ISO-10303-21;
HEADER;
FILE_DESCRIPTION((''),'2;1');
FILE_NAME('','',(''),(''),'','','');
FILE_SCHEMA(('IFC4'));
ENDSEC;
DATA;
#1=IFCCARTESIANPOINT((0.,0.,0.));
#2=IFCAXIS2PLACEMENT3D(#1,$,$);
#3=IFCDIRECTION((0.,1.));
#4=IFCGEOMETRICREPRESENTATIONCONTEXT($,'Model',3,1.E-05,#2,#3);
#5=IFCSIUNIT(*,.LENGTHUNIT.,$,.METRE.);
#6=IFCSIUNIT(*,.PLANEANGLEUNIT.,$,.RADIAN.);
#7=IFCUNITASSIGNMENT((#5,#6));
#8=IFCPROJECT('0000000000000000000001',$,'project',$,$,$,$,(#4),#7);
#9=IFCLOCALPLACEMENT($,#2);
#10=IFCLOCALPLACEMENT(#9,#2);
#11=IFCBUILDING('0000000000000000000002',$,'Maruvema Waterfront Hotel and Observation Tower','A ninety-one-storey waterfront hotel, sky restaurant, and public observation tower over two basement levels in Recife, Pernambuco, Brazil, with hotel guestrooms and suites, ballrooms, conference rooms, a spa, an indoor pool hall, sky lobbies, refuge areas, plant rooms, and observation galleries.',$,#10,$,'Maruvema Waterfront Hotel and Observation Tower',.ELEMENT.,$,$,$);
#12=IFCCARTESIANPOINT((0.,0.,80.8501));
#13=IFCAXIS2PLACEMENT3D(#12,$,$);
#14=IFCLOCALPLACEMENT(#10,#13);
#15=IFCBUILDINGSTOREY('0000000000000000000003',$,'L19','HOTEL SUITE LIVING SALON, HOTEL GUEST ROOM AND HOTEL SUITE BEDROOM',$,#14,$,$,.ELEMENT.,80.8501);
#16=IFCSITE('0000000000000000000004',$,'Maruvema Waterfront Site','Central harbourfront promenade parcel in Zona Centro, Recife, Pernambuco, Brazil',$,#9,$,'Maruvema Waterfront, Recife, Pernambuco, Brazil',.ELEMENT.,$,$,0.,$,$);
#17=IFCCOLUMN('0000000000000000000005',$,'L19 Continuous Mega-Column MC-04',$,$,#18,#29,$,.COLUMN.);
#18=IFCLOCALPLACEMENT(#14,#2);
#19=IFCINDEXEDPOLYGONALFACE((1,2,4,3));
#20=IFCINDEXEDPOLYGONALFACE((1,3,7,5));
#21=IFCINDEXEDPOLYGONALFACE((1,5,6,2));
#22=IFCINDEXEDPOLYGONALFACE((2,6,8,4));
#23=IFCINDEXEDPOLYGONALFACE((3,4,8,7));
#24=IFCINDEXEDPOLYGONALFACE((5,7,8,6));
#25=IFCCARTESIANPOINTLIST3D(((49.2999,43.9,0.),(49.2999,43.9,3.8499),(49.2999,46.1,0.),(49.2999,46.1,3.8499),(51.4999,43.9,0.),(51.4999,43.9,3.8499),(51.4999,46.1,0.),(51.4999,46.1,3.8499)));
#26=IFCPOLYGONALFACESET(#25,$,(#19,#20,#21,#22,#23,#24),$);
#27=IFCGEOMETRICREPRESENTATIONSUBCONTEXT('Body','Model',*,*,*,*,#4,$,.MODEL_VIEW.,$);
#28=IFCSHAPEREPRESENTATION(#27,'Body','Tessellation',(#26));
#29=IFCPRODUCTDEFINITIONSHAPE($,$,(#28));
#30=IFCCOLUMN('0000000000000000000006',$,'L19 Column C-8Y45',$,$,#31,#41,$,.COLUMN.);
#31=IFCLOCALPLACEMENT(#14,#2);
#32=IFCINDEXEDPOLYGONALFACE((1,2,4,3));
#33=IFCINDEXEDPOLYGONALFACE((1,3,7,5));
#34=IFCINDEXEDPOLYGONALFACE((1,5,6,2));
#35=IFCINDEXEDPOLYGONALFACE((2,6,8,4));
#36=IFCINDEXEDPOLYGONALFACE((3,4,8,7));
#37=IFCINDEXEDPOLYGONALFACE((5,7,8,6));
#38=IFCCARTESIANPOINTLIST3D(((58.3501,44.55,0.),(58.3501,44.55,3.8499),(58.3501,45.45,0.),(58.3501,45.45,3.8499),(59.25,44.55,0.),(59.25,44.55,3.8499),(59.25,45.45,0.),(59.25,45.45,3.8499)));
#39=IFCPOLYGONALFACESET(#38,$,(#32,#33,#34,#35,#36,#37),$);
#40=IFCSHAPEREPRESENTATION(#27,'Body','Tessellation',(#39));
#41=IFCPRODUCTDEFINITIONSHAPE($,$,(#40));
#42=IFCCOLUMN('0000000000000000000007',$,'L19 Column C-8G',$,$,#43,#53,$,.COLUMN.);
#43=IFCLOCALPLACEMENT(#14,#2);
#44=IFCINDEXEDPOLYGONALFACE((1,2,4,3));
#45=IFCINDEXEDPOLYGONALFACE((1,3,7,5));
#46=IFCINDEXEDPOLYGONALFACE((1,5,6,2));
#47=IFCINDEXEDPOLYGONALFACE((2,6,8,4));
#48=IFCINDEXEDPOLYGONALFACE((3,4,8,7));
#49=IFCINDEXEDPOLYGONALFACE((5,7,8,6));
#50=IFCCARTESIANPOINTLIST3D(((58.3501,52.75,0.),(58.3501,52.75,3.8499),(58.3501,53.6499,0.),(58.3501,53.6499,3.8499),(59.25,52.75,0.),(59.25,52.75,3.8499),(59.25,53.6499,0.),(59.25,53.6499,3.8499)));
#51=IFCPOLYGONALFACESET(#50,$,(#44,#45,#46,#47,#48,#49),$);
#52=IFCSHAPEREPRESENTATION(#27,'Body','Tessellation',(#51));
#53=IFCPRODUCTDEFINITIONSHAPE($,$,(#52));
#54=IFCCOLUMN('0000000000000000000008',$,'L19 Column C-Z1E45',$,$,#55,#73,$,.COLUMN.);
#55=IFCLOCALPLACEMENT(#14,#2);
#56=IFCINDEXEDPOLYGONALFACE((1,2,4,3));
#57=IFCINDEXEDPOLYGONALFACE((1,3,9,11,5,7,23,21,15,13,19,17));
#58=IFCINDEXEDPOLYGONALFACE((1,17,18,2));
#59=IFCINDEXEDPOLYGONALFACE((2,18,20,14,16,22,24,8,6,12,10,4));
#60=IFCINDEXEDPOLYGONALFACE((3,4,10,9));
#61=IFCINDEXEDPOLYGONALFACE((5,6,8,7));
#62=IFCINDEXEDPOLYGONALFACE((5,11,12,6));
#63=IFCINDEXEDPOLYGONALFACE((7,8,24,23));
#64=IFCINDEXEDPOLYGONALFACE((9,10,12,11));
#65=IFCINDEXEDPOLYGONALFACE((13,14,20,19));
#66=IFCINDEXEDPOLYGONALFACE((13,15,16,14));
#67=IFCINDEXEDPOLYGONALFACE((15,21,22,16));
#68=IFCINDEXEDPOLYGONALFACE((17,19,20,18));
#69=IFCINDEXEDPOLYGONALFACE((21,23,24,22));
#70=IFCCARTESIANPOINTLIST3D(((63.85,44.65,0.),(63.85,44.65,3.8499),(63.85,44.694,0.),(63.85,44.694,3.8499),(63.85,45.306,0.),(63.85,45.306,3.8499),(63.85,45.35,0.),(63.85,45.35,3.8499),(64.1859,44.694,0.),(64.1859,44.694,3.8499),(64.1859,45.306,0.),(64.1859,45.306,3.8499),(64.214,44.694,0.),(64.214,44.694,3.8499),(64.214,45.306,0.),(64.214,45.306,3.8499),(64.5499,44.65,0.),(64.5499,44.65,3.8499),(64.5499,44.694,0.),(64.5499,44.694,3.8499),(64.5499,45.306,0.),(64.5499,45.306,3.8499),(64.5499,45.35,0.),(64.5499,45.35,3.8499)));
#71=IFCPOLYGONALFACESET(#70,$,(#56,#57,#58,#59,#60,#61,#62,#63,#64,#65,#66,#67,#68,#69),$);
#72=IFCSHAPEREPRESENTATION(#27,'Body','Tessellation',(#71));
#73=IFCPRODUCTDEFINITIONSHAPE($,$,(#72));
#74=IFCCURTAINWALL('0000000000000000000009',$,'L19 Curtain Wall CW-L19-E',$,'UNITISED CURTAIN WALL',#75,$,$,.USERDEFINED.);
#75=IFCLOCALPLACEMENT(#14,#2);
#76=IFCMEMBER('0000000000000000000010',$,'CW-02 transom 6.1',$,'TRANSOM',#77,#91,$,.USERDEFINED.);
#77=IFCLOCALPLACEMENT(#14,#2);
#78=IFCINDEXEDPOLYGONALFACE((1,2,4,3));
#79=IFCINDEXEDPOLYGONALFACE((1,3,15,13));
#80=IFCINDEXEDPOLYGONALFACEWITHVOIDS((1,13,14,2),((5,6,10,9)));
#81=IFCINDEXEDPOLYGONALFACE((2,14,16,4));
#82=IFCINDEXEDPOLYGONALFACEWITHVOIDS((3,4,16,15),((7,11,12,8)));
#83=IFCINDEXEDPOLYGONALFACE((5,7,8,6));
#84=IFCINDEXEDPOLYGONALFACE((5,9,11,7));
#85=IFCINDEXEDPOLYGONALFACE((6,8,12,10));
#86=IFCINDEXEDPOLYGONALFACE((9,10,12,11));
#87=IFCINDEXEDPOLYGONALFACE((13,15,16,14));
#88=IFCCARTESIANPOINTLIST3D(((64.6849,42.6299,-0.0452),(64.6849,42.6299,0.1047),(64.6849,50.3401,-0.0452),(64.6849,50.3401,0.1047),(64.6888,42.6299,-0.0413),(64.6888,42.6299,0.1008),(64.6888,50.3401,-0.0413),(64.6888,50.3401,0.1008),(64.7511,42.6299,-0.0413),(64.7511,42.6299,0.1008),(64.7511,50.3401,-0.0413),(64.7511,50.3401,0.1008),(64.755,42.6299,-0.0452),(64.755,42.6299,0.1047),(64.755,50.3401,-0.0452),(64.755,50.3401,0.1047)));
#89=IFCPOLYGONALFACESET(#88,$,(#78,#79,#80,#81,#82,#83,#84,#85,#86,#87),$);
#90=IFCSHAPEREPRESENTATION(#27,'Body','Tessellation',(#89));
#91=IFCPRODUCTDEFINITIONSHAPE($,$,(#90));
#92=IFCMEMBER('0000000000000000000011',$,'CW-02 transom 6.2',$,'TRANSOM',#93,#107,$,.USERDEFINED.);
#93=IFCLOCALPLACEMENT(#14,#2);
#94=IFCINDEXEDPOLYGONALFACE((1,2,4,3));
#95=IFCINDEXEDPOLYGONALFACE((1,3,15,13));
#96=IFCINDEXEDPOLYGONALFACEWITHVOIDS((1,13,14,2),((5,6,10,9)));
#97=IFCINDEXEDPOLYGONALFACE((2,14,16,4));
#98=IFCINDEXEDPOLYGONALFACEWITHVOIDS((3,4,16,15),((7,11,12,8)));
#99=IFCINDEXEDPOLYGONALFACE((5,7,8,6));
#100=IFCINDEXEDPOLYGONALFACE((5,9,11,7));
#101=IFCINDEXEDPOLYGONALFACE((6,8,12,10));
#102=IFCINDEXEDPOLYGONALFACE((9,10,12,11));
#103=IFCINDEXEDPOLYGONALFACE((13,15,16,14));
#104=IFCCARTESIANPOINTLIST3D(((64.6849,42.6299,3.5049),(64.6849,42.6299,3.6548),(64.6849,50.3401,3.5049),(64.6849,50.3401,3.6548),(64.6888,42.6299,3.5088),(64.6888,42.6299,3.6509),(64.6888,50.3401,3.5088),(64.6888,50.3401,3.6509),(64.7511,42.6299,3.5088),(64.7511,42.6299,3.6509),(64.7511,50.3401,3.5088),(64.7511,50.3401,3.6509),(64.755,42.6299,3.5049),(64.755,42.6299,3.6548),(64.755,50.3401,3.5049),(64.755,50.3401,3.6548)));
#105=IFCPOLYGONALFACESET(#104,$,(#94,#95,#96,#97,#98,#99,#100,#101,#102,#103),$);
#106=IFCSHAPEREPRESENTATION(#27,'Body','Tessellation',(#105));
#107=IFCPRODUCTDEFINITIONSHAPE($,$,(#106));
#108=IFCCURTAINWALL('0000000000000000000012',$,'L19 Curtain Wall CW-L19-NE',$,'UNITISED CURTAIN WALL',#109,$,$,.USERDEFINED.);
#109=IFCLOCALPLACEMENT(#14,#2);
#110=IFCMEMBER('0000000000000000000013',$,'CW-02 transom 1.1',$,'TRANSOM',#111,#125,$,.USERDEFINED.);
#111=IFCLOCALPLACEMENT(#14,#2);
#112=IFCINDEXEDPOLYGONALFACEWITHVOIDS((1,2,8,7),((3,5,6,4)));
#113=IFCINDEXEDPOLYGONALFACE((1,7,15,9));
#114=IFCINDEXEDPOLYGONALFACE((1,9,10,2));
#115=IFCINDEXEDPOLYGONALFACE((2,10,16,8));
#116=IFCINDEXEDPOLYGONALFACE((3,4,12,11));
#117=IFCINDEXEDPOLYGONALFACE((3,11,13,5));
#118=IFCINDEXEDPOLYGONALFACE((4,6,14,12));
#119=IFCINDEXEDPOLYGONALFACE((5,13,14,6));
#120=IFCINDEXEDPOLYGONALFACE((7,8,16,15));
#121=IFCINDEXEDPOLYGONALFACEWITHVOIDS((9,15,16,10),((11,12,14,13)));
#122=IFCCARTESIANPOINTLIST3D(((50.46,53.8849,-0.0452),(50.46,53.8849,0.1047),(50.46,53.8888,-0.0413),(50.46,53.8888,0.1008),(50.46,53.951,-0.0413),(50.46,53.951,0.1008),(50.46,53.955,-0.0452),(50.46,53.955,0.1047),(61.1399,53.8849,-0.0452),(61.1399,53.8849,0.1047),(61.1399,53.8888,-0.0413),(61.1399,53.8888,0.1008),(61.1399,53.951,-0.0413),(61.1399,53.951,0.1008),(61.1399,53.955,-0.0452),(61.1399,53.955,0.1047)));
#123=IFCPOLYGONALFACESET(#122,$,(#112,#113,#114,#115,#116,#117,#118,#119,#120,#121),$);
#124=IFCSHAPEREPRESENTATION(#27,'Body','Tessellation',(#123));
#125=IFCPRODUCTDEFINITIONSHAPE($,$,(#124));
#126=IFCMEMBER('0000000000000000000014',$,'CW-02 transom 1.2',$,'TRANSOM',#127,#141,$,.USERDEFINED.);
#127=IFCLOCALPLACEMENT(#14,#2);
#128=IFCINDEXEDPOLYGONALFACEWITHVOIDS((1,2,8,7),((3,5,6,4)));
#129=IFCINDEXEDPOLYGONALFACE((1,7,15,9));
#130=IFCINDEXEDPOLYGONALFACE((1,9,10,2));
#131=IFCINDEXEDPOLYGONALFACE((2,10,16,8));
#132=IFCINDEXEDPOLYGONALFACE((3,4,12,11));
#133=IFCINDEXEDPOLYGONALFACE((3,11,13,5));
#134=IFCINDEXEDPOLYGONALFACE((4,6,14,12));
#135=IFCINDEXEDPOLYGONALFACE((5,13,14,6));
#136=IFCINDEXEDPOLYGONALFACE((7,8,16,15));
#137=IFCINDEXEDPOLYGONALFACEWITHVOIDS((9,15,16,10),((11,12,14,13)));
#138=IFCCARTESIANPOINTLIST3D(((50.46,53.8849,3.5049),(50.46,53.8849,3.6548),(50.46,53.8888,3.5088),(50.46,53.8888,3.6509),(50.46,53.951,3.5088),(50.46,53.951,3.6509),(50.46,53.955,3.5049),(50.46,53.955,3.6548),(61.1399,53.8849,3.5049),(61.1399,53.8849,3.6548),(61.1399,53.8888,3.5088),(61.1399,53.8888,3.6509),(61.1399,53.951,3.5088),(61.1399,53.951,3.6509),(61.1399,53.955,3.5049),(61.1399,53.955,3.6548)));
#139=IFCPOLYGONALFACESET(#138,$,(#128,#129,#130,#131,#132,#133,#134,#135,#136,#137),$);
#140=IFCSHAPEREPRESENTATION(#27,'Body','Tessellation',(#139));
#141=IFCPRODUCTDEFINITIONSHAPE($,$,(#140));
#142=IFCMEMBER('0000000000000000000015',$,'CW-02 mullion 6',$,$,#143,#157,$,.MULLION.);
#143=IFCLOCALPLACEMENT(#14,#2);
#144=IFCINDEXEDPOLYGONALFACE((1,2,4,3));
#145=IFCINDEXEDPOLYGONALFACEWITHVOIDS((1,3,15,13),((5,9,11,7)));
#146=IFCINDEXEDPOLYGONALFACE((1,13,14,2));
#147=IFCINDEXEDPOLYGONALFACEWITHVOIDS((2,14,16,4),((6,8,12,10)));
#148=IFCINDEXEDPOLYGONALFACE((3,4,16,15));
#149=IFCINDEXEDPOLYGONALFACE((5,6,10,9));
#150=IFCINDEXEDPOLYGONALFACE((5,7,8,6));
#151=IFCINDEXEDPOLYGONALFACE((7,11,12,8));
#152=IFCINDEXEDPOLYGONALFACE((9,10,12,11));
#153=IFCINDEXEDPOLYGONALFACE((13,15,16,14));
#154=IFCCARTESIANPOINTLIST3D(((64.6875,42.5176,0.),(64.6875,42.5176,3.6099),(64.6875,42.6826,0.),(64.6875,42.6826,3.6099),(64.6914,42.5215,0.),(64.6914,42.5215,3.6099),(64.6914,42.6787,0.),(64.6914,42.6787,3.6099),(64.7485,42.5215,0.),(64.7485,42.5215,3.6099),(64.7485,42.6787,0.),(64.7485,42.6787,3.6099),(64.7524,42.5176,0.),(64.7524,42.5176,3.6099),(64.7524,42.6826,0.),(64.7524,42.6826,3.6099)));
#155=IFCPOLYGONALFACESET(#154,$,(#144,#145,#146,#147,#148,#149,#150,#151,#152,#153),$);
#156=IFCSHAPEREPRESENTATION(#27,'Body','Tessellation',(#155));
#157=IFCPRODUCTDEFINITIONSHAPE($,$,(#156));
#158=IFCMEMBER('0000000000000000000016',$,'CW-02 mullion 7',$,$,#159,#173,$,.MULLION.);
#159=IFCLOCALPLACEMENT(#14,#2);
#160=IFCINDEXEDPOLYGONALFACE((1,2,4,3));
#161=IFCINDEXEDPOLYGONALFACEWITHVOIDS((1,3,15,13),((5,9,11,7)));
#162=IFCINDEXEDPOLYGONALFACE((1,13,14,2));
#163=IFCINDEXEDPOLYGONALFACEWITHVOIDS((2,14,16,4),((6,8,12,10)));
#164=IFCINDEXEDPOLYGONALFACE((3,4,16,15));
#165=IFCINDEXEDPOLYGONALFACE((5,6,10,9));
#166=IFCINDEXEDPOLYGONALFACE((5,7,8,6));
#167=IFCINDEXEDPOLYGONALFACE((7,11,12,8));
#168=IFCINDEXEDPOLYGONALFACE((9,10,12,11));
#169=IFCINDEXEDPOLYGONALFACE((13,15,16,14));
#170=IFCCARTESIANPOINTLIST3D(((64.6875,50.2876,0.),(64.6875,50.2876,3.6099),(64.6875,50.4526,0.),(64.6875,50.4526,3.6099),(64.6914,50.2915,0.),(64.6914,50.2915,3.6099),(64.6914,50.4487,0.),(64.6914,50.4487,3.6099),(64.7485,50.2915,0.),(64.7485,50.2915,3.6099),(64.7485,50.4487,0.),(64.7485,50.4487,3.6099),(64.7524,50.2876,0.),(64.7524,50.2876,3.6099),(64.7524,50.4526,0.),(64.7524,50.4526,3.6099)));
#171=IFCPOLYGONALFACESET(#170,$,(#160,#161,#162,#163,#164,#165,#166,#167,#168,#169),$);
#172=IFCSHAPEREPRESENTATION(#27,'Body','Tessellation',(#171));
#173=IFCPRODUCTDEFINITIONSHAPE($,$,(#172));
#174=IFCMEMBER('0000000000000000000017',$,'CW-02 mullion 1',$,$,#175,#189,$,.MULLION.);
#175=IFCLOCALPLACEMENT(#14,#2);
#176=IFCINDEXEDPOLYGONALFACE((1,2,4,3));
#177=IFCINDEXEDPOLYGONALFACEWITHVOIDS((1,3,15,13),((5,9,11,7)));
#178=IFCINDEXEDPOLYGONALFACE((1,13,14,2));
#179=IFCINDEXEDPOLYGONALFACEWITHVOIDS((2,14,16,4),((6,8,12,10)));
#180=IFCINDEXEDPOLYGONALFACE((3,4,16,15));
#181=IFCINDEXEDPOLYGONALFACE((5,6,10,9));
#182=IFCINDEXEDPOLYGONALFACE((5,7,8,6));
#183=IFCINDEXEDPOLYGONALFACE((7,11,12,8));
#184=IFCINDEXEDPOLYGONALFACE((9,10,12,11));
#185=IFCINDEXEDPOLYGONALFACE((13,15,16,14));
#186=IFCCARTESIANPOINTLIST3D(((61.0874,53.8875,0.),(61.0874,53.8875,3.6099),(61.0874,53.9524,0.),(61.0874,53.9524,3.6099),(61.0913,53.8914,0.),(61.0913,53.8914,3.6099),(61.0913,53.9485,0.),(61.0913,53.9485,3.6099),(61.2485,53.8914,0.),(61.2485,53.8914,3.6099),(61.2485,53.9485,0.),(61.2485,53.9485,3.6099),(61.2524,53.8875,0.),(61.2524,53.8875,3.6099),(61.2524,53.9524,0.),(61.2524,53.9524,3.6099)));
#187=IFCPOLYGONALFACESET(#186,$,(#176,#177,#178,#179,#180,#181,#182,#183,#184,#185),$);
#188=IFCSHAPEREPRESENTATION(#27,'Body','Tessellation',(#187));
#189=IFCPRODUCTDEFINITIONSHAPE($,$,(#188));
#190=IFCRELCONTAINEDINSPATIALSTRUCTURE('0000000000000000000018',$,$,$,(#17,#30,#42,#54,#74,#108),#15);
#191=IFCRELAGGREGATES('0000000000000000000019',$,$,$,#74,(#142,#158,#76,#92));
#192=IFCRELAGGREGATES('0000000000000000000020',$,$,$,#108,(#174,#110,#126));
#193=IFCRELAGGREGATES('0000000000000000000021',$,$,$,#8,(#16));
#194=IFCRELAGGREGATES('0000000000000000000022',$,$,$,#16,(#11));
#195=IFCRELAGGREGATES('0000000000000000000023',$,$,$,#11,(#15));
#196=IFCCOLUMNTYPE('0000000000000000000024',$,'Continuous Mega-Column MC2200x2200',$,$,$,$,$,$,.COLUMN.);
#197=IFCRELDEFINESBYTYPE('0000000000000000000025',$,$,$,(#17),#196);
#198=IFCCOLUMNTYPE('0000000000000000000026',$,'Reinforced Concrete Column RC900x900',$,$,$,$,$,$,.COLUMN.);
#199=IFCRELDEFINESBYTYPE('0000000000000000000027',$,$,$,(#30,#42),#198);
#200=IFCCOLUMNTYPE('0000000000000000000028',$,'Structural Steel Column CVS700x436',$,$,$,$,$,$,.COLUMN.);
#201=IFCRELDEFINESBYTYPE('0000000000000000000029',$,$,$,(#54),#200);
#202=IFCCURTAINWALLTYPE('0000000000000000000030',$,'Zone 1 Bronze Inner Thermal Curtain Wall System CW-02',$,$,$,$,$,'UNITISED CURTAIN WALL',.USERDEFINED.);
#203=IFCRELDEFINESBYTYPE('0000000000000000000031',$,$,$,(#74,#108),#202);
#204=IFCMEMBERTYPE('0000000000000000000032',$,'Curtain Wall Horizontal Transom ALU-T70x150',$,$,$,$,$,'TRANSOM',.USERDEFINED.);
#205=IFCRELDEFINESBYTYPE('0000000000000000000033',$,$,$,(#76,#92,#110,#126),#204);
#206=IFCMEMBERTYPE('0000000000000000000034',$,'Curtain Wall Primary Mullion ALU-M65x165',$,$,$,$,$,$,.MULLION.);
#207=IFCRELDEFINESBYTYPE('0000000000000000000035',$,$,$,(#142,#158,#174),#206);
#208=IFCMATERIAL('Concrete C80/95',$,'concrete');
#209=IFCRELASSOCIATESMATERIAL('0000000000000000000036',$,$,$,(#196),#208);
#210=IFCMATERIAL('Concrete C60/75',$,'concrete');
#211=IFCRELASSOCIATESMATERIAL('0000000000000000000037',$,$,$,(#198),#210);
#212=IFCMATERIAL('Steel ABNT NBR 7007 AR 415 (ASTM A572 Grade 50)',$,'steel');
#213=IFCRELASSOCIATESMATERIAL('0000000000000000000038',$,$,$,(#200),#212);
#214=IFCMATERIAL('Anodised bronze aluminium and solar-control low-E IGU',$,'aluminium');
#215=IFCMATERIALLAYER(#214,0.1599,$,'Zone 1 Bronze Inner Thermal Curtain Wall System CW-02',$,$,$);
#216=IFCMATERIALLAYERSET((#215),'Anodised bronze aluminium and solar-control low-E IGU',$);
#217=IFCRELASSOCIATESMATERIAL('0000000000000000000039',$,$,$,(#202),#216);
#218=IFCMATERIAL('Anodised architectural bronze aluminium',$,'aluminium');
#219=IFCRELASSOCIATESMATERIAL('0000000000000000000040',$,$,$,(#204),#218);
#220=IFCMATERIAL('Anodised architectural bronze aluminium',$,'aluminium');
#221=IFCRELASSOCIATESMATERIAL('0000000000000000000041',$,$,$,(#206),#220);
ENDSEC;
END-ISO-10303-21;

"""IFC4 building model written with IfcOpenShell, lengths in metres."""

from ifc_helpers import new_model, si_unit, direction, frame, origin, origin_2d, place, context, subcontext, project, spatial, rectangle, hollow_rectangle, i_section, extrude, material, layer, layer_set, material_profile, profile_set, type_object, element, aggregate, save


model = new_model("IFC4")

# Units and contexts
model_context = context("Model", 3, precision=1e-05, world=origin(), true_north=direction((0.0, 1.0)))
body_context = subcontext(model_context, "Body", "Model", "MODEL_VIEW")
ifc_project = project(units=[si_unit("LENGTHUNIT", "METRE"), si_unit("PLANEANGLEUNIT", "RADIAN")], contexts=[model_context])

# Site, building, storey
site_placement = place(None, origin())
site = spatial("IfcSite", under=ifc_project, at=site_placement, Name="Maruvema Waterfront Site", Description="Central harbourfront promenade parcel in Zona Centro, Recife, Pernambuco, Brazil", LongName="Maruvema Waterfront, Recife, Pernambuco, Brazil", CompositionType="ELEMENT", RefElevation=0.0)
building_placement = place(site_placement, origin())
building = spatial("IfcBuilding", under=site, at=building_placement, Name="Maruvema Waterfront Hotel and Observation Tower", Description="A ninety-one-storey waterfront hotel, sky restaurant, and public observation tower over two basement levels in Recife, Pernambuco, Brazil, with hotel guestrooms and suites, ballrooms, conference rooms, a spa, an indoor pool hall, sky lobbies, refuge areas, plant rooms, and observation galleries.", LongName="Maruvema Waterfront Hotel and Observation Tower", CompositionType="ELEMENT")
storey_placement = place(building_placement, frame((0.0, 0.0, 80.8501)))
storey = spatial("IfcBuildingStorey", under=building, at=storey_placement, Name="L19", Description="HOTEL SUITE LIVING SALON, HOTEL GUEST ROOM AND HOTEL SUITE BEDROOM", CompositionType="ELEMENT", Elevation=80.8501)

# Columns
ifc_material_1 = material(Name="Concrete C80/95", Category="concrete")
ifc_material_profile_1 = material_profile(ifc_material_1, rectangle(XDim=2.2, YDim=2.2, at=origin_2d()), Name="MC2200x2200")
ifc_profile_set_1 = profile_set([ifc_material_profile_1], Name="Concrete C80/95")
column_type_1 = type_object("IfcColumnType", Name="Continuous Mega-Column MC2200x2200", PredefinedType="COLUMN", material=ifc_profile_set_1)
column_1_placement = place(storey_placement, frame((50.3999, 45.0, 0.0), z_axis=(0.0, 0.0, 1.0), x_axis=(1.0, 0.0, 0.0)))
element("IfcColumn", 1, at=column_1_placement, inside=storey, type_object=column_type_1, Name="L19 Continuous Mega-Column MC-04", PredefinedType="COLUMN", context=body_context, shape_type="SweptSolid", body=[
    extrude(rectangle(XDim=2.2, YDim=2.2, at=origin_2d()), origin(), (0.0, 0.0, 1.0), 3.8499),
])
ifc_material_2 = material(Name="Concrete C60/75", Category="concrete")
ifc_material_profile_2 = material_profile(ifc_material_2, rectangle(XDim=0.8999, YDim=0.8999, at=origin_2d()), Name="RC900x900")
ifc_profile_set_2 = profile_set([ifc_material_profile_2], Name="Concrete C60/75")
column_type_2 = type_object("IfcColumnType", Name="Reinforced Concrete Column RC900x900", PredefinedType="COLUMN", material=ifc_profile_set_2)
for number, where, z_axis, x_axis, name in (
    (2, (58.8, 45.0, 0.0), (0.0, 0.0, 1.0), (1.0, 0.0, 0.0), "L19 Column C-8Y45"),
    (3, (58.8, 53.2, 0.0), (0.0, 0.0, 1.0), (1.0, 0.0, 0.0), "L19 Column C-8G"),
):
    element("IfcColumn", number, at=place(storey_placement, frame(where, z_axis=z_axis, x_axis=x_axis)), inside=storey, type_object=column_type_2, Name=name, PredefinedType="COLUMN", context=body_context, shape_type="SweptSolid", body=[
        extrude(rectangle(XDim=0.8999, YDim=0.8999, at=origin_2d()), origin(), (0.0, 0.0, 1.0), 3.8499),
    ])
ifc_material_3 = material(Name="Steel ABNT NBR 7007 AR 415 (ASTM A572 Grade 50)", Category="steel")
ifc_material_profile_3 = material_profile(ifc_material_3, i_section(OverallWidth=0.7, OverallDepth=0.7, WebThickness=0.0281, FlangeThickness=0.0439, at=origin_2d()), Name="CVS700x436")
ifc_profile_set_3 = profile_set([ifc_material_profile_3], Name="Steel ABNT NBR 7007 AR 415 (ASTM A572 Grade 50)")
column_type_3 = type_object("IfcColumnType", Name="Structural Steel Column CVS700x436", PredefinedType="COLUMN", material=ifc_profile_set_3)
column_2_placement = place(storey_placement, frame((64.2, 45.0, 0.0), z_axis=(0.0, 0.0, 1.0), x_axis=(1.0, 0.0, 0.0)))
element("IfcColumn", 4, at=column_2_placement, inside=storey, type_object=column_type_3, Name="L19 Column C-Z1E45", PredefinedType="COLUMN", context=body_context, shape_type="SweptSolid", body=[
    extrude(i_section(OverallWidth=0.7, OverallDepth=0.7, WebThickness=0.0281, FlangeThickness=0.0439, at=origin_2d()), origin(), (0.0, 0.0, 1.0), 3.8499),
])

# Curtain walls, members
ifc_material_4 = material(Name="Anodised bronze aluminium and solar-control low-E IGU", Category="aluminium")
ifc_layer_1 = layer(ifc_material_4, 0.1599, Name="Zone 1 Bronze Inner Thermal Curtain Wall System CW-02")
ifc_layer_set_1 = layer_set([ifc_layer_1], Name="Anodised bronze aluminium and solar-control low-E IGU")
curtain_wall_type = type_object("IfcCurtainWallType", Name="Zone 1 Bronze Inner Thermal Curtain Wall System CW-02", ElementType="UNITISED CURTAIN WALL", PredefinedType="USERDEFINED", material=ifc_layer_set_1)
curtain_wall_1_placement = place(storey_placement, origin())
curtain_wall_1 = element("IfcCurtainWall", 5, at=curtain_wall_1_placement, inside=storey, type_object=curtain_wall_type, Name="L19 Curtain Wall CW-L19-E", ObjectType="UNITISED CURTAIN WALL", PredefinedType="USERDEFINED")
ifc_material_5 = material(Name="Anodised architectural bronze aluminium", Category="aluminium")
ifc_material_profile_4 = material_profile(ifc_material_5, hollow_rectangle(XDim=0.0701, YDim=0.1499, WallThickness=0.0039, at=origin_2d()), Name="ALU-T70x150")
ifc_profile_set_4 = profile_set([ifc_material_profile_4], Name="Anodised architectural bronze aluminium")
member_type_1 = type_object("IfcMemberType", Name="Curtain Wall Horizontal Transom ALU-T70x150", ElementType="TRANSOM", PredefinedType="USERDEFINED", material=ifc_profile_set_4)
member_1_placement = place(storey_placement, frame((64.72, 42.6299, 0.0298), z_axis=(0.0, 1.0, 0.0), x_axis=(-1.0, 0.0, 0.0)))
member_1 = element("IfcMember", 6, at=member_1_placement, type_object=member_type_1, Name="CW-02 transom 6.1", ObjectType="TRANSOM", PredefinedType="USERDEFINED", context=body_context, shape_type="SweptSolid", body=[
    extrude(hollow_rectangle(XDim=0.0701, YDim=0.1499, WallThickness=0.0039, at=origin_2d()), origin(), (0.0, 0.0, 1.0), 7.7102),
])
member_2_placement = place(storey_placement, frame((64.72, 42.6299, 3.5798), z_axis=(0.0, 1.0, 0.0), x_axis=(-1.0, 0.0, 0.0)))
member_2 = element("IfcMember", 7, at=member_2_placement, type_object=member_type_1, Name="CW-02 transom 6.2", ObjectType="TRANSOM", PredefinedType="USERDEFINED", context=body_context, shape_type="SweptSolid", body=[
    extrude(hollow_rectangle(XDim=0.0701, YDim=0.1499, WallThickness=0.0039, at=origin_2d()), origin(), (0.0, 0.0, 1.0), 7.7102),
])
curtain_wall_2_placement = place(storey_placement, origin())
curtain_wall_2 = element("IfcCurtainWall", 8, at=curtain_wall_2_placement, inside=storey, type_object=curtain_wall_type, Name="L19 Curtain Wall CW-L19-NE", ObjectType="UNITISED CURTAIN WALL", PredefinedType="USERDEFINED")
member_3_placement = place(storey_placement, frame((61.1399, 53.9199, 0.0298), z_axis=(-1.0, 0.0, 0.0), x_axis=(0.0, -1.0, 0.0)))
member_3 = element("IfcMember", 9, at=member_3_placement, type_object=member_type_1, Name="CW-02 transom 1.1", ObjectType="TRANSOM", PredefinedType="USERDEFINED", context=body_context, shape_type="SweptSolid", body=[
    extrude(hollow_rectangle(XDim=0.0701, YDim=0.1499, WallThickness=0.0039, at=origin_2d()), origin(), (0.0, 0.0, 1.0), 10.6799),
])
member_4_placement = place(storey_placement, frame((61.1399, 53.9199, 3.5798), z_axis=(-1.0, 0.0, 0.0), x_axis=(0.0, -1.0, 0.0)))
member_4 = element("IfcMember", 10, at=member_4_placement, type_object=member_type_1, Name="CW-02 transom 1.2", ObjectType="TRANSOM", PredefinedType="USERDEFINED", context=body_context, shape_type="SweptSolid", body=[
    extrude(hollow_rectangle(XDim=0.0701, YDim=0.1499, WallThickness=0.0039, at=origin_2d()), origin(), (0.0, 0.0, 1.0), 10.6799),
])

# Members
ifc_material_6 = material(Name="Anodised architectural bronze aluminium", Category="aluminium")
ifc_material_profile_5 = material_profile(ifc_material_6, hollow_rectangle(XDim=0.0649, YDim=0.165, WallThickness=0.0039, at=origin_2d()), Name="ALU-M65x165")
ifc_profile_set_5 = profile_set([ifc_material_profile_5], Name="Anodised architectural bronze aluminium")
member_type_2 = type_object("IfcMemberType", Name="Curtain Wall Primary Mullion ALU-M65x165", PredefinedType="MULLION", material=ifc_profile_set_5)
member_5_placement = place(storey_placement, frame((64.72, 42.6001, 0.0), z_axis=(0.0, 0.0, 1.0), x_axis=(-1.0, 0.0, 0.0)))
member_5 = element("IfcMember", 11, at=member_5_placement, type_object=member_type_2, Name="CW-02 mullion 6", PredefinedType="MULLION", context=body_context, shape_type="SweptSolid", body=[
    extrude(hollow_rectangle(XDim=0.0649, YDim=0.165, WallThickness=0.0039, at=origin_2d()), origin(), (0.0, 0.0, 1.0), 3.6099),
])
member_6_placement = place(storey_placement, frame((64.72, 50.3701, 0.0), z_axis=(0.0, 0.0, 1.0), x_axis=(-1.0, 0.0, 0.0)))
member_6 = element("IfcMember", 12, at=member_6_placement, type_object=member_type_2, Name="CW-02 mullion 7", PredefinedType="MULLION", context=body_context, shape_type="SweptSolid", body=[
    extrude(hollow_rectangle(XDim=0.0649, YDim=0.165, WallThickness=0.0039, at=origin_2d()), origin(), (0.0, 0.0, 1.0), 3.6099),
])
member_7_placement = place(storey_placement, frame((61.1699, 53.9199, 0.0), z_axis=(0.0, 0.0, 1.0), x_axis=(0.0, -1.0, 0.0)))
member_7 = element("IfcMember", 13, at=member_7_placement, type_object=member_type_2, Name="CW-02 mullion 1", PredefinedType="MULLION", context=body_context, shape_type="SweptSolid", body=[
    extrude(hollow_rectangle(XDim=0.0649, YDim=0.165, WallThickness=0.0039, at=origin_2d()), origin(), (0.0, 0.0, 1.0), 3.6099),
])

aggregate(curtain_wall_1, [member_5, member_6, member_1, member_2])
aggregate(curtain_wall_2, [member_7, member_3, member_4])

save(model, "model.ifc")
